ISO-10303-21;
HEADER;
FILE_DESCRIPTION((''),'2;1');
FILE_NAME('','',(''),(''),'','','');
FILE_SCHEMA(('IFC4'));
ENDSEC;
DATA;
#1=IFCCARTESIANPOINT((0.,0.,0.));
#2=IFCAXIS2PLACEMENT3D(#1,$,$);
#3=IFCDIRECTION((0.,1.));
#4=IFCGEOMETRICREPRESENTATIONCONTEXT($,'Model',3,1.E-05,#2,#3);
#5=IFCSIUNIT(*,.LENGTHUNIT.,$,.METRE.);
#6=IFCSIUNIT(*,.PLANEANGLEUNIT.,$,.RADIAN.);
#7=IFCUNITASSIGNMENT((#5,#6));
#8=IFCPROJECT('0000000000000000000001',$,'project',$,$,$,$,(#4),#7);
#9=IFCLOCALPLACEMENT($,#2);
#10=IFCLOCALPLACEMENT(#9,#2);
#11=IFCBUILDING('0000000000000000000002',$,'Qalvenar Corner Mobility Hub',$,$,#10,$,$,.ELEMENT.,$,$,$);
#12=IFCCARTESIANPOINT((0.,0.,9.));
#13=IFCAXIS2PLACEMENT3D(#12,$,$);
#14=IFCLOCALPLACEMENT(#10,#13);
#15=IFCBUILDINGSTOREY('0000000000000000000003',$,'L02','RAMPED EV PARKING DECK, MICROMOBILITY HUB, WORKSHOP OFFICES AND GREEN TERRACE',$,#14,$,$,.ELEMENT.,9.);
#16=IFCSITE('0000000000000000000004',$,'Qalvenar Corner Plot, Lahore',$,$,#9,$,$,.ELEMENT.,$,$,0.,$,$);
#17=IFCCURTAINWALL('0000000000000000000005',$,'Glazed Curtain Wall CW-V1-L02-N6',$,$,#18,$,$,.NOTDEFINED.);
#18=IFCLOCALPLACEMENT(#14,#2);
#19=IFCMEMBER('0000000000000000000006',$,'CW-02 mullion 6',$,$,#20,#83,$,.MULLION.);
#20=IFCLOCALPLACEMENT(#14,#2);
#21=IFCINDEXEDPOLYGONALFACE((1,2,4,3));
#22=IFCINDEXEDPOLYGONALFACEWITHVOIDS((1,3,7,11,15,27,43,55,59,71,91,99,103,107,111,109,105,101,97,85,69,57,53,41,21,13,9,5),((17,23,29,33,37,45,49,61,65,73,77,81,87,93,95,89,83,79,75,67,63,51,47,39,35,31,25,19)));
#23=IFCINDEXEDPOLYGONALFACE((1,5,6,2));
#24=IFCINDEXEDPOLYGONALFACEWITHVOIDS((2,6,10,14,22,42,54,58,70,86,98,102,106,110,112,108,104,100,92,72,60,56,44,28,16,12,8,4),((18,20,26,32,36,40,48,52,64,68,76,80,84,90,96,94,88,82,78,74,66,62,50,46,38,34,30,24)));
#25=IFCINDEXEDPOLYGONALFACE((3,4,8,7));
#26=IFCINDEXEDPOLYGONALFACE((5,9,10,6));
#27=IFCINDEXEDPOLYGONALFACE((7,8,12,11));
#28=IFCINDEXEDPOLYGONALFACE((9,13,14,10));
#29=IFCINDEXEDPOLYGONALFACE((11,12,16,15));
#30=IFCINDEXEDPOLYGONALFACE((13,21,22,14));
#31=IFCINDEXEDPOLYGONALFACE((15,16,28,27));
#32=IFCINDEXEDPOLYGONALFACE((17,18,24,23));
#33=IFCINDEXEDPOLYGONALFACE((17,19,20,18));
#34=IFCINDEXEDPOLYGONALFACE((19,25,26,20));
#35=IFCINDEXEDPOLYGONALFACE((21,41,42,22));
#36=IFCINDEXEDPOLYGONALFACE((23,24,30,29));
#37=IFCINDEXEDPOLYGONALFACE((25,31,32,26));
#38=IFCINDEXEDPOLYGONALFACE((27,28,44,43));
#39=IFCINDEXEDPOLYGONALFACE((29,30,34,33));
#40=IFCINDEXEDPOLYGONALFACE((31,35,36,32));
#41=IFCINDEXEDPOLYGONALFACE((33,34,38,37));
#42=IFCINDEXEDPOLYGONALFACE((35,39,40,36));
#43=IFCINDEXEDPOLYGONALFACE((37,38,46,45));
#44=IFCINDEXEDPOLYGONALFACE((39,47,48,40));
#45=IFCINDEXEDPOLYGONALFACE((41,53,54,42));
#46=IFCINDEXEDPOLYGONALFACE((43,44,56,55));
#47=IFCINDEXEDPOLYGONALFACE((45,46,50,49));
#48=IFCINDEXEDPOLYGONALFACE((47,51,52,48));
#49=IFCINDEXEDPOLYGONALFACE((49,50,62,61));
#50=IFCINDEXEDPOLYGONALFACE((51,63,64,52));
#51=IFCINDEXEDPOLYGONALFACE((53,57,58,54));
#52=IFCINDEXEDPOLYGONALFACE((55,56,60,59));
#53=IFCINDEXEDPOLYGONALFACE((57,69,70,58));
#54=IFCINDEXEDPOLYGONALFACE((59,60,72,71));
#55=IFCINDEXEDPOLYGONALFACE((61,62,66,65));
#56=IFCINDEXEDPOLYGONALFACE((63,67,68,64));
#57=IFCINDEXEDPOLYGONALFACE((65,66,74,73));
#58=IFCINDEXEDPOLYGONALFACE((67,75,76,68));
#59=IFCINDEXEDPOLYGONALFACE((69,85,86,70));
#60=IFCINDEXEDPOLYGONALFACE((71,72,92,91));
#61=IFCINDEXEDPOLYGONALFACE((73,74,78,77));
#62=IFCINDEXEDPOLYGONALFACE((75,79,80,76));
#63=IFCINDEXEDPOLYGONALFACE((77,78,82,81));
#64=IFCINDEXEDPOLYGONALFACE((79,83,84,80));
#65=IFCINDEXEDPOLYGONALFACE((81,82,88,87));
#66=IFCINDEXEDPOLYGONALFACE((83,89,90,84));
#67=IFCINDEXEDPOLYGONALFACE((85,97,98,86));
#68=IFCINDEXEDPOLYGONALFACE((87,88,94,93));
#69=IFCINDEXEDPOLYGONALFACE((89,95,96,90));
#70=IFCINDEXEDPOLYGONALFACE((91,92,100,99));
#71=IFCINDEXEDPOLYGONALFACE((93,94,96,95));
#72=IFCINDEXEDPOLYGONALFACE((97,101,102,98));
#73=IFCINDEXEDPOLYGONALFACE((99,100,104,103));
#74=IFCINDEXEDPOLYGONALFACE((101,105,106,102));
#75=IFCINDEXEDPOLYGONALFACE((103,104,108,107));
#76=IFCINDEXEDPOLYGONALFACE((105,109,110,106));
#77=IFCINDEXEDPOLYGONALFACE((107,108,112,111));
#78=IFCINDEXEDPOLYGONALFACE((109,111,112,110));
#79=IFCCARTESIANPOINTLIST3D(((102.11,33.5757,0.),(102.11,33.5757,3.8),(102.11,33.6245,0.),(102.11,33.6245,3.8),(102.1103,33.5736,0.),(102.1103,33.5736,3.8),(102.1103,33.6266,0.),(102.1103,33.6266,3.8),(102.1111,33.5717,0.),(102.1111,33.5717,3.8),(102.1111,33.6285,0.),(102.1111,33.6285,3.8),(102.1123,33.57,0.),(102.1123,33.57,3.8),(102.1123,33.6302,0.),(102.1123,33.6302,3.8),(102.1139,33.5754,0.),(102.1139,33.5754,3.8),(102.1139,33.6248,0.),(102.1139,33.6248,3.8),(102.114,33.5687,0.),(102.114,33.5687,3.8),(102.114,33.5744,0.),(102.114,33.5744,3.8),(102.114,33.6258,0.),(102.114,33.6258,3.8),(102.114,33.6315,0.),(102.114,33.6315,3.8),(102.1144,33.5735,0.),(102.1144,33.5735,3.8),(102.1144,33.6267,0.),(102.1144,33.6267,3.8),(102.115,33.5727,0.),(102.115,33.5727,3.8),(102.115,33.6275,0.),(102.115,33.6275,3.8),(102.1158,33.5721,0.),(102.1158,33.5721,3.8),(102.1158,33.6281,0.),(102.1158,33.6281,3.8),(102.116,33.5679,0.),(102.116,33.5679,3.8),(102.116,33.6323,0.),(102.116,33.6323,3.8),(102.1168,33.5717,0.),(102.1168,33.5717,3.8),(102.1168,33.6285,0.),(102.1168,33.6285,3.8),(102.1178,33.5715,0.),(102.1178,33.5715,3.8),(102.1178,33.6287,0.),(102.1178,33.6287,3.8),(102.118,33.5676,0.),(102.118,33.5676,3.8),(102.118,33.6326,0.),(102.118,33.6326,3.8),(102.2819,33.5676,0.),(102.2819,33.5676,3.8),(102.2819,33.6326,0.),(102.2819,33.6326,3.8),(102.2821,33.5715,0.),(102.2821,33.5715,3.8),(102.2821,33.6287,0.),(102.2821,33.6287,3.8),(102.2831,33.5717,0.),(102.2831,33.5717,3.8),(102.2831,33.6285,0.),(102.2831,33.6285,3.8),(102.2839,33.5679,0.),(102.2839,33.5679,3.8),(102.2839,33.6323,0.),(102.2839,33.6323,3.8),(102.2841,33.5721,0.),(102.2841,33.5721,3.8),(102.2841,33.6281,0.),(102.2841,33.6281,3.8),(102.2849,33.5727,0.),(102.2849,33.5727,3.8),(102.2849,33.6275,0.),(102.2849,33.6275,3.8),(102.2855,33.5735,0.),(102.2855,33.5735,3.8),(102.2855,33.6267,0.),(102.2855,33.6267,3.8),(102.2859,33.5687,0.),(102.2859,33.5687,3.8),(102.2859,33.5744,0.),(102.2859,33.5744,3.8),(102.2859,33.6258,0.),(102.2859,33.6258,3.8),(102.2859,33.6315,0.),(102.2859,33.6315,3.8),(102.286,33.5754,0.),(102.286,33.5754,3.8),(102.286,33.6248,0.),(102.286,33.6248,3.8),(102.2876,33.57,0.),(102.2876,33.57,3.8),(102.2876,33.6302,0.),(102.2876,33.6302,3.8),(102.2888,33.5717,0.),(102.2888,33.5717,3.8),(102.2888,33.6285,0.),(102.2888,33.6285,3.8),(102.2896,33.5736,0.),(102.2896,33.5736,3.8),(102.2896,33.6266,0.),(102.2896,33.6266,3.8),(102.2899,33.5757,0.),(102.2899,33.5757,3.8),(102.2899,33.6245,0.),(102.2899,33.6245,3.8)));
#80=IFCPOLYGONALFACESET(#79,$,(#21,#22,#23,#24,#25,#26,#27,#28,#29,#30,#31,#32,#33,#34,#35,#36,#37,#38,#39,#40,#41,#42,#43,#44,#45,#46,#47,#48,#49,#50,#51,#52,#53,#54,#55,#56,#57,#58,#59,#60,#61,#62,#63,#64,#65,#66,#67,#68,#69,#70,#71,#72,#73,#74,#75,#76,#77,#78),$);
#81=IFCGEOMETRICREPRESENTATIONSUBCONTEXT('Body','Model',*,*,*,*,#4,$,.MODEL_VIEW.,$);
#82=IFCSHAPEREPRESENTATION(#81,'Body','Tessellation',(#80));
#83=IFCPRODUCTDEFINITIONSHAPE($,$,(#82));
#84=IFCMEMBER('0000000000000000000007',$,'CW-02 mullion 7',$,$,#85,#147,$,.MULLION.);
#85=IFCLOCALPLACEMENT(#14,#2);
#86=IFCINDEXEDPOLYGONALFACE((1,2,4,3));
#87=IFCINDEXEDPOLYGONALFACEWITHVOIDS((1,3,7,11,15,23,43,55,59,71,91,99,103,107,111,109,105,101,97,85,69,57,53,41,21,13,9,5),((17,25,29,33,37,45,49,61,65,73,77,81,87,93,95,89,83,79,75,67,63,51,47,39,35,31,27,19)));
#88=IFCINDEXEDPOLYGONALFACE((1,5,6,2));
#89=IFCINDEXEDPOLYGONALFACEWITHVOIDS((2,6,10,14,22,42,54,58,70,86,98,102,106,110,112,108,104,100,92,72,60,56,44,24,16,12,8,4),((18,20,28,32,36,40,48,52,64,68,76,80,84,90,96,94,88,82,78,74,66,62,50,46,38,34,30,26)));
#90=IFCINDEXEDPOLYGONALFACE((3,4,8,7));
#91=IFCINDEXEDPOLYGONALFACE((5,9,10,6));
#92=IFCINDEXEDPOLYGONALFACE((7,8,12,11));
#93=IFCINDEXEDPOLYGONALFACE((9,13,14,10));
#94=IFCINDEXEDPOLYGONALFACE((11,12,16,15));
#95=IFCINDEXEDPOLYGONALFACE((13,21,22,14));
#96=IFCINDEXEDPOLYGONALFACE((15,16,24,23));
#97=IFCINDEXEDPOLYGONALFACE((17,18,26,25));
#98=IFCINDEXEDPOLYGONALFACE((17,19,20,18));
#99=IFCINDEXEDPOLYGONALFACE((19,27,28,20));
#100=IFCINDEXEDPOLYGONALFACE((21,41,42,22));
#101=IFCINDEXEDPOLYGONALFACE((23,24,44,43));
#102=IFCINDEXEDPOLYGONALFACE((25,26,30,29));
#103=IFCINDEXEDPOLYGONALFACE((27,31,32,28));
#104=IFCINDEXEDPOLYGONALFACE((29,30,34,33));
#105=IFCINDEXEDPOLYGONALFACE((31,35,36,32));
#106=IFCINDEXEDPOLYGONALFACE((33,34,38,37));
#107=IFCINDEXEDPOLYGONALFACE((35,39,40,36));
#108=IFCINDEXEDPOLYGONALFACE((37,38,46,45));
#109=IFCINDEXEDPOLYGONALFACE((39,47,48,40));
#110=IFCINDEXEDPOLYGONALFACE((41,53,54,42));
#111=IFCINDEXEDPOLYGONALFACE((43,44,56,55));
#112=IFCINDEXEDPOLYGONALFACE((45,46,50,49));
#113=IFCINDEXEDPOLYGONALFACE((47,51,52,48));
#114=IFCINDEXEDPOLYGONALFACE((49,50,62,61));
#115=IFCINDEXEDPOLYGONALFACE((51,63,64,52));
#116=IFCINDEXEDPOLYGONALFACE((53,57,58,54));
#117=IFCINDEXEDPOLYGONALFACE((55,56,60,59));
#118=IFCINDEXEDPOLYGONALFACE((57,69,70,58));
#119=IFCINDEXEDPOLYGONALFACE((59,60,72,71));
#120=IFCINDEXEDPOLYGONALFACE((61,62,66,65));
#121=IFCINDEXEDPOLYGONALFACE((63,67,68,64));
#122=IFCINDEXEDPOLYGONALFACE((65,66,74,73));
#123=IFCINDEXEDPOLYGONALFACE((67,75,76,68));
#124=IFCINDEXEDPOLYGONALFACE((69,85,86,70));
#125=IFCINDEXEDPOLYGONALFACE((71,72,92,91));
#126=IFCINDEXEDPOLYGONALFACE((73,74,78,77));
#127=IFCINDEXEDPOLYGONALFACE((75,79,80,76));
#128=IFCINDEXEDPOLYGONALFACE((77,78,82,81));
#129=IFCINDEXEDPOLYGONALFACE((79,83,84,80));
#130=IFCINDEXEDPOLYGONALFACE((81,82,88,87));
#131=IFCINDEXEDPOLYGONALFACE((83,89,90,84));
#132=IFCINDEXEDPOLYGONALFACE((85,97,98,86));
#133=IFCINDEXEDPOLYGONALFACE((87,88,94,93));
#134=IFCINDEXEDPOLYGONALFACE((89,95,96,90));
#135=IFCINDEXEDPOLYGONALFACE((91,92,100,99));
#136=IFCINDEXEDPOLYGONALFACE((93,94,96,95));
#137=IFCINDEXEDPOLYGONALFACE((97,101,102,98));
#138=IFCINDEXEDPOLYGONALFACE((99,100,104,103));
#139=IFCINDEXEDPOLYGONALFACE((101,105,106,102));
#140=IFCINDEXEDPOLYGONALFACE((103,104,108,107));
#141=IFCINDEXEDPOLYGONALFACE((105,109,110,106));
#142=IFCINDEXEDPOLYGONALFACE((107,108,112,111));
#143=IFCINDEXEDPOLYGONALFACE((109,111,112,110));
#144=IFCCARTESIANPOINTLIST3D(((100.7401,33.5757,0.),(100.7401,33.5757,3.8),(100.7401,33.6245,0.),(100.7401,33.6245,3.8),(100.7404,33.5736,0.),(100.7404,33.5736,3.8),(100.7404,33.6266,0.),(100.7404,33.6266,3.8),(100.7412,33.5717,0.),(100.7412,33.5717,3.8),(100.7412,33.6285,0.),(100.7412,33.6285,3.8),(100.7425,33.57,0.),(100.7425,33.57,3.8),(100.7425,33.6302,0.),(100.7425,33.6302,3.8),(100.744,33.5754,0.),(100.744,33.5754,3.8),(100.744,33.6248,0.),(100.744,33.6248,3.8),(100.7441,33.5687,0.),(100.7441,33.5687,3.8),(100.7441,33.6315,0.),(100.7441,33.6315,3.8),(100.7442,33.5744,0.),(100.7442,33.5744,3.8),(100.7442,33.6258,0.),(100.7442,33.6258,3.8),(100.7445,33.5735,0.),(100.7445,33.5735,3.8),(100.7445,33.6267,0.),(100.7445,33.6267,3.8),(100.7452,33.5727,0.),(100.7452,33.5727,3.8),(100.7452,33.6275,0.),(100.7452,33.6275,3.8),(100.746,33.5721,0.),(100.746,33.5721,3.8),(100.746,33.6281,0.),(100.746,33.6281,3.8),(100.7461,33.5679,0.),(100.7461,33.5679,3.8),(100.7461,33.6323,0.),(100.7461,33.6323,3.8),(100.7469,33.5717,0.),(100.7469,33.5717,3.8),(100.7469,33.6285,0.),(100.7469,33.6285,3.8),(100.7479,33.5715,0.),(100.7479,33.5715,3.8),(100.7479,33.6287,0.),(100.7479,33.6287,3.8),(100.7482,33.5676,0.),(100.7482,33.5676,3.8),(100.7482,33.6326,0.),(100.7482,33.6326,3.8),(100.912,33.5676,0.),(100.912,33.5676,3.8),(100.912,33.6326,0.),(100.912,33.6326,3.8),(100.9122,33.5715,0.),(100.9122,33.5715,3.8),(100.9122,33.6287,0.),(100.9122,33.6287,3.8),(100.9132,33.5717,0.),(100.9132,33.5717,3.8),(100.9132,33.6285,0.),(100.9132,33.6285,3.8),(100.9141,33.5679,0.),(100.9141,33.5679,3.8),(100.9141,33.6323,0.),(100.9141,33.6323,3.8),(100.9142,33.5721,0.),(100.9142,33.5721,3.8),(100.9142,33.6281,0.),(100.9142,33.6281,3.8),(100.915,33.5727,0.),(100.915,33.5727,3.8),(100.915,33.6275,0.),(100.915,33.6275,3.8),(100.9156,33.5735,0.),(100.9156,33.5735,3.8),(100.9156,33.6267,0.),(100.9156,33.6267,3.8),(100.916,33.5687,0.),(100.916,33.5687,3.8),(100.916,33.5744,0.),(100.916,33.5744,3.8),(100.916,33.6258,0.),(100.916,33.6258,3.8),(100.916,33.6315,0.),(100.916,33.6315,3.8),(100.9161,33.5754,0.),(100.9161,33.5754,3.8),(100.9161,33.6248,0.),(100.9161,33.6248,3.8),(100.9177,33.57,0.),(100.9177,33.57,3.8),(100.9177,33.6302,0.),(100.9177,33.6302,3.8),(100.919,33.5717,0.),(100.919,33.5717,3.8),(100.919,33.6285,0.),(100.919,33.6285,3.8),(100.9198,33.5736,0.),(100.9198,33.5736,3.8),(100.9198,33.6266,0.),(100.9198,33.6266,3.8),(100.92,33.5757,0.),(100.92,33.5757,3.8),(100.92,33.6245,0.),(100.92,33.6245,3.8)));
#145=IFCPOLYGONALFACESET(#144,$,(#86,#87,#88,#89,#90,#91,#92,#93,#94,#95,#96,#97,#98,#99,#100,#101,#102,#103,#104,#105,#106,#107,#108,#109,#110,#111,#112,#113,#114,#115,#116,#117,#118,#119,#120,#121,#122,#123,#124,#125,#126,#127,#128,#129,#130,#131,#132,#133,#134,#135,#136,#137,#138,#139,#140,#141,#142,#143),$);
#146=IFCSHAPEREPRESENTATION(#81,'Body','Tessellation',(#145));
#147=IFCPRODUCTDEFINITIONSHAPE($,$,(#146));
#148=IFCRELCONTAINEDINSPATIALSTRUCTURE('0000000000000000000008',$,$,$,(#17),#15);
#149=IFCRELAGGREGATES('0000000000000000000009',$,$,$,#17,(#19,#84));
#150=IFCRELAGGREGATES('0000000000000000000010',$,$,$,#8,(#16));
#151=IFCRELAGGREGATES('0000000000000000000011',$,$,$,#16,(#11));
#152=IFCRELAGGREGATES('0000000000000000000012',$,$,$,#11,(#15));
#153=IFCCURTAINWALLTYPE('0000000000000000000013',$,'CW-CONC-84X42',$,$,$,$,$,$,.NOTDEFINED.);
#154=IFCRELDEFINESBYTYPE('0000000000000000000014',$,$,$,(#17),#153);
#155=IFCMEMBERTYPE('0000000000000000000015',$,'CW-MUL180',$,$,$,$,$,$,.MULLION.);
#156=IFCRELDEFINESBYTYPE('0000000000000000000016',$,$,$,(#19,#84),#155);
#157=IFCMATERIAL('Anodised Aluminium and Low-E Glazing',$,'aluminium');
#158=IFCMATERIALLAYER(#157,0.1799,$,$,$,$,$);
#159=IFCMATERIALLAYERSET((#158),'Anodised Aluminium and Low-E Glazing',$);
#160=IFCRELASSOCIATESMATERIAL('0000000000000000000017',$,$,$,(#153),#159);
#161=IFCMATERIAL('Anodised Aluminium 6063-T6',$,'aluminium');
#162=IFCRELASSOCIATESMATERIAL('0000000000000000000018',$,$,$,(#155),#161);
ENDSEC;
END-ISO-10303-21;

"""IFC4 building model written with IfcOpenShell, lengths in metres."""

from ifc_helpers import new_model, si_unit, direction, frame, origin, origin_2d, place, context, subcontext, project, spatial, hollow_rectangle, extrude, material, layer, layer_set, material_profile, profile_set, type_object, element, aggregate, save


model = new_model("IFC4")

# Units and contexts
model_context = context("Model", 3, precision=1e-05, world=origin(), true_north=direction((0.0, 1.0)))
body_context = subcontext(model_context, "Body", "Model", "MODEL_VIEW")
ifc_project = project(units=[si_unit("LENGTHUNIT", "METRE"), si_unit("PLANEANGLEUNIT", "RADIAN")], contexts=[model_context])

# Site, building, storey
site_placement = place(None, origin())
site = spatial("IfcSite", under=ifc_project, at=site_placement, Name="Qalvenar Corner Plot, Lahore", CompositionType="ELEMENT", RefElevation=0.0)
building_placement = place(site_placement, origin())
building = spatial("IfcBuilding", under=site, at=building_placement, Name="Qalvenar Corner Mobility Hub", CompositionType="ELEMENT")
storey_placement = place(building_placement, frame((0.0, 0.0, 9.0)))
storey = spatial("IfcBuildingStorey", under=building, at=storey_placement, Name="L02", Description="RAMPED EV PARKING DECK, MICROMOBILITY HUB, WORKSHOP OFFICES AND GREEN TERRACE", CompositionType="ELEMENT", Elevation=9.0)

# Curtain wall, members
ifc_material_1 = material(Name="Anodised Aluminium and Low-E Glazing", Category="aluminium")
ifc_layer_1 = layer(ifc_material_1, 0.1799)
ifc_layer_set_1 = layer_set([ifc_layer_1], Name="Anodised Aluminium and Low-E Glazing")
curtain_wall_type = type_object("IfcCurtainWallType", Name="CW-CONC-84X42", PredefinedType="NOTDEFINED", material=ifc_layer_set_1)
ifc_material_2 = material(Name="Anodised Aluminium 6063-T6", Category="aluminium")
ifc_material_profile_1 = material_profile(ifc_material_2, hollow_rectangle(XDim=0.0649, YDim=0.1799, WallThickness=0.0039, InnerFilletRadius=0.0039, OuterFilletRadius=0.0081, at=origin_2d()), Name="RHS180x65x4")
ifc_profile_set_1 = profile_set([ifc_material_profile_1], Name="Anodised Aluminium 6063-T6")
member_type_1 = type_object("IfcMemberType", Name="CW-MUL180", PredefinedType="MULLION", material=ifc_profile_set_1)
curtain_wall_1_placement = place(storey_placement, origin())
curtain_wall_1 = element("IfcCurtainWall", 1, at=curtain_wall_1_placement, inside=storey, type_object=curtain_wall_type, Name="Glazed Curtain Wall CW-V1-L02-N6", PredefinedType="NOTDEFINED")
member_1_placement = place(storey_placement, frame((102.2, 33.6001, 0.0), z_axis=(0.0, 0.0, 1.0), x_axis=(0.0, -1.0, 0.0)))
member_1 = element("IfcMember", 2, at=member_1_placement, type_object=member_type_1, Name="CW-02 mullion 6", PredefinedType="MULLION", context=body_context, shape_type="SweptSolid", body=[
    extrude(hollow_rectangle(XDim=0.0649, YDim=0.1799, WallThickness=0.0039, InnerFilletRadius=0.0039, OuterFilletRadius=0.0081, at=origin_2d()), origin(), (0.0, 0.0, 1.0), 3.8),
])
member_2_placement = place(storey_placement, frame((100.8301, 33.6001, 0.0), z_axis=(0.0, 0.0, 1.0), x_axis=(0.0, -1.0, 0.0)))
member_2 = element("IfcMember", 3, at=member_2_placement, type_object=member_type_1, Name="CW-02 mullion 7", PredefinedType="MULLION", context=body_context, shape_type="SweptSolid", body=[
    extrude(hollow_rectangle(XDim=0.0649, YDim=0.1799, WallThickness=0.0039, InnerFilletRadius=0.0039, OuterFilletRadius=0.0081, at=origin_2d()), origin(), (0.0, 0.0, 1.0), 3.8),
])

aggregate(curtain_wall_1, [member_1, member_2])

save(model, "model.ifc")
